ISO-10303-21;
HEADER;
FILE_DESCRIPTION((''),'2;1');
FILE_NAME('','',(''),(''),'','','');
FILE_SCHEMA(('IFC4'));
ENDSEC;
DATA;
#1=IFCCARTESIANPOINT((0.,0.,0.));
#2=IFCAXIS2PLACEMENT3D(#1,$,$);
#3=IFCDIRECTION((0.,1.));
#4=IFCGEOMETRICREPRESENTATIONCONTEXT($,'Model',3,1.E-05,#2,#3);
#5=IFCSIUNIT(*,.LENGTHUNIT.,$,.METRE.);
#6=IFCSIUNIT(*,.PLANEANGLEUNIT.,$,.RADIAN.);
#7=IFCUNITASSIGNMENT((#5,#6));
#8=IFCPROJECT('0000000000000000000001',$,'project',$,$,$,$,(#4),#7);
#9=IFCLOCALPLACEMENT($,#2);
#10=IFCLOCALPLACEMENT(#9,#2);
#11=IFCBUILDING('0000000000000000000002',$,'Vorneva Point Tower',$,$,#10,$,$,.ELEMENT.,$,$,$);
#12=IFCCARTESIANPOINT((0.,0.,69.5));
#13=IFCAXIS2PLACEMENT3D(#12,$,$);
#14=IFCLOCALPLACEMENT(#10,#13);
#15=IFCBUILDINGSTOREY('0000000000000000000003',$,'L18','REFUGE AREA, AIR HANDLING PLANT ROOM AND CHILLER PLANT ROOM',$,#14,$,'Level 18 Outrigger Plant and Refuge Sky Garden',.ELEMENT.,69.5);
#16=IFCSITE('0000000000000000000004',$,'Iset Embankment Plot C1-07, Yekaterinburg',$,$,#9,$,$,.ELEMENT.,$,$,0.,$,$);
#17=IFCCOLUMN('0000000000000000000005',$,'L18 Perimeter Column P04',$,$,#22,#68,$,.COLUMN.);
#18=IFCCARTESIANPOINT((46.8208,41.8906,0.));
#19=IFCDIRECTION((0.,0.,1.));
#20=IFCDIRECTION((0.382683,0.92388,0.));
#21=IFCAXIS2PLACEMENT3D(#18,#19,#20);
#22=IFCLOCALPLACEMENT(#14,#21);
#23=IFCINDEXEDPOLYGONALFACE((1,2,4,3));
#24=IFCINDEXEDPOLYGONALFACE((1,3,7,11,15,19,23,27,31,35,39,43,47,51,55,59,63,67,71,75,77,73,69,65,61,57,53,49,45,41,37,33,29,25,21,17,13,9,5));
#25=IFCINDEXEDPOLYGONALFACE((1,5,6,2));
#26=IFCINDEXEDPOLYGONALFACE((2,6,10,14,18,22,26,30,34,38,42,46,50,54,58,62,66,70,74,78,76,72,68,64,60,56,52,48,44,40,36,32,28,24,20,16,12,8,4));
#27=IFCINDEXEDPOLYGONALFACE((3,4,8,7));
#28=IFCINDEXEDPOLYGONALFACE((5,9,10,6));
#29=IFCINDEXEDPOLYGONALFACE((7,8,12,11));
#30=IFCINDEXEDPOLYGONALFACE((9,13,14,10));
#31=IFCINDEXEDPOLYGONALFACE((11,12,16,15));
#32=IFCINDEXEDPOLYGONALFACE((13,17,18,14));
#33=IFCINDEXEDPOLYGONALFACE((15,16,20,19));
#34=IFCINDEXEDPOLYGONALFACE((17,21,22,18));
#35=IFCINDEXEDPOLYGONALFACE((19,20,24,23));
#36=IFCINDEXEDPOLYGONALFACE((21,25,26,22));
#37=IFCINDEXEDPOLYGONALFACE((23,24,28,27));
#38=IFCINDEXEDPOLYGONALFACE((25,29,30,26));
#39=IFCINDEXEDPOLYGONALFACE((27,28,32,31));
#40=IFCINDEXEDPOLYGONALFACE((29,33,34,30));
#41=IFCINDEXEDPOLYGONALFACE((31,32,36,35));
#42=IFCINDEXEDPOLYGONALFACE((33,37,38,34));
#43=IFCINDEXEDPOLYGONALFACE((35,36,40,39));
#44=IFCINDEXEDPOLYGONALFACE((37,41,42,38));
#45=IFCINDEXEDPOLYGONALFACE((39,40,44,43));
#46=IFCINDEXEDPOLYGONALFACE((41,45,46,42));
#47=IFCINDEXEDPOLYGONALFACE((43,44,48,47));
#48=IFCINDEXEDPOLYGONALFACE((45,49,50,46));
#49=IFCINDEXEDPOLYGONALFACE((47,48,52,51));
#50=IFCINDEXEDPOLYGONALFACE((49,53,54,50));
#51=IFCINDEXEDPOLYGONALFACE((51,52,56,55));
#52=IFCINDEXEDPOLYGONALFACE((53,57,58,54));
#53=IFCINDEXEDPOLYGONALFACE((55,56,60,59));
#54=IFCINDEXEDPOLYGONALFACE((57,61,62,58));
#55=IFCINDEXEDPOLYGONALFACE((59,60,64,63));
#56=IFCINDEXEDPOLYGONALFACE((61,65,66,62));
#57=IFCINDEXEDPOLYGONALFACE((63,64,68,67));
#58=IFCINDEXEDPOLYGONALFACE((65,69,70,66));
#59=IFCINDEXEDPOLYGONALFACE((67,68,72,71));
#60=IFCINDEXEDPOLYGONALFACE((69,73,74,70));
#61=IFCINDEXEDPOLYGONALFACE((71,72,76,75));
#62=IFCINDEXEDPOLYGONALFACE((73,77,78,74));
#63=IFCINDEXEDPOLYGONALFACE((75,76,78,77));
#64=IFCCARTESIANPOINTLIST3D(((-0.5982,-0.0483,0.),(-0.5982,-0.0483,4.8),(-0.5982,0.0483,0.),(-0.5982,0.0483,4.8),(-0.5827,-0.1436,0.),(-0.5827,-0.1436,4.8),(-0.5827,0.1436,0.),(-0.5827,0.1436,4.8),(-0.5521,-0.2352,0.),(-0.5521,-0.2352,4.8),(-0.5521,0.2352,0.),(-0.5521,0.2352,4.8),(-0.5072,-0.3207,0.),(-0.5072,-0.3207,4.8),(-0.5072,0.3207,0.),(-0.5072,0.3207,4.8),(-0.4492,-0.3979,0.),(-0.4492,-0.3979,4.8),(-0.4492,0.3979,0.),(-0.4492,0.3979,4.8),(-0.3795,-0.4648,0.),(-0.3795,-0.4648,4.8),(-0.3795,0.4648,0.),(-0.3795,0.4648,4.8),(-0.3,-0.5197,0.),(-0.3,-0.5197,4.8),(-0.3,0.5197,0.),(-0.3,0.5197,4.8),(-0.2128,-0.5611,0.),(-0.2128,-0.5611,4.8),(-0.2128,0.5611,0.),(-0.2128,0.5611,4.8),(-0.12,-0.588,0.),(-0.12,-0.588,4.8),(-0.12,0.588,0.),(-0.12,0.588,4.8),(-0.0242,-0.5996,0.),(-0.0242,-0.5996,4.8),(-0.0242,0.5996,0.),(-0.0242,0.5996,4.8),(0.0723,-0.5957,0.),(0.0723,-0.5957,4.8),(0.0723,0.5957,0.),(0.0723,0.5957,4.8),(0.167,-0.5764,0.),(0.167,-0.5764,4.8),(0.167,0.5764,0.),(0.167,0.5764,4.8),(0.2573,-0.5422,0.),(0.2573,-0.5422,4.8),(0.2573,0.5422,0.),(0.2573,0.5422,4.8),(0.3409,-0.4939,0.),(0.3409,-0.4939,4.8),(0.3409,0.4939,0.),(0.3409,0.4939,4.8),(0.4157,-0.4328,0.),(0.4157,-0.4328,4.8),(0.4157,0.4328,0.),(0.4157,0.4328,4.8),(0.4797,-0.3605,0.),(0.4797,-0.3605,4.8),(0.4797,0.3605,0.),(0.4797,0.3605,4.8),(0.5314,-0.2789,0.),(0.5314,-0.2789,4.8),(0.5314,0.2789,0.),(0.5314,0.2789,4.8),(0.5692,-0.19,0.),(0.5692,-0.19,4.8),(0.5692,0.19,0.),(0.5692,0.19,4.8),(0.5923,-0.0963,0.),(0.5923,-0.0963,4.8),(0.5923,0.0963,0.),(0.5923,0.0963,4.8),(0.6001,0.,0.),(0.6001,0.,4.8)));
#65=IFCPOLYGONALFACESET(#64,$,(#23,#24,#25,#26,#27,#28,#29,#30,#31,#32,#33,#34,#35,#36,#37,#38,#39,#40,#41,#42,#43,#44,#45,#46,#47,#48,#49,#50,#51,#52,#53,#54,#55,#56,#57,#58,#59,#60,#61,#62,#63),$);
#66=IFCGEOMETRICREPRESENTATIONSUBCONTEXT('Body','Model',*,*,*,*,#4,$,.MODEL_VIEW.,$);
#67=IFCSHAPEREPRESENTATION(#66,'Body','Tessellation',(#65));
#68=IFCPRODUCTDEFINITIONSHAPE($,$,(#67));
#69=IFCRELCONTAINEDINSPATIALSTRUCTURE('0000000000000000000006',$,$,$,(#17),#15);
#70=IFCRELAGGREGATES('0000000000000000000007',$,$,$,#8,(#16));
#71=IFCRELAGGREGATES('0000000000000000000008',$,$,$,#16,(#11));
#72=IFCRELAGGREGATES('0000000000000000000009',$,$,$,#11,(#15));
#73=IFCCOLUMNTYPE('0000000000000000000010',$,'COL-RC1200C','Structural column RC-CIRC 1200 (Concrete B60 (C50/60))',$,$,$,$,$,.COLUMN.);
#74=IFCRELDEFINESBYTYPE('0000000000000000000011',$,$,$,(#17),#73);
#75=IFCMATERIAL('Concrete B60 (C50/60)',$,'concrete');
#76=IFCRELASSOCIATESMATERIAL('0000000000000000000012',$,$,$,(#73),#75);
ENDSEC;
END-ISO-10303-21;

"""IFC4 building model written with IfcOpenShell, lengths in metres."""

from ifc_helpers import new_model, si_unit, direction, frame, origin, origin_2d, place, context, subcontext, project, spatial, circle, extrude, material, material_profile, profile_set, type_object, element, save


model = new_model("IFC4")

# Units and contexts
model_context = context("Model", 3, precision=1e-05, world=origin(), true_north=direction((0.0, 1.0)))
body_context = subcontext(model_context, "Body", "Model", "MODEL_VIEW")
ifc_project = project(units=[si_unit("LENGTHUNIT", "METRE"), si_unit("PLANEANGLEUNIT", "RADIAN")], contexts=[model_context])

# Site, building, storey
site_placement = place(None, origin())
site = spatial("IfcSite", under=ifc_project, at=site_placement, Name="Iset Embankment Plot C1-07, Yekaterinburg", CompositionType="ELEMENT", RefElevation=0.0)
building_placement = place(site_placement, origin())
building = spatial("IfcBuilding", under=site, at=building_placement, Name="Vorneva Point Tower", CompositionType="ELEMENT")
storey_placement = place(building_placement, frame((0.0, 0.0, 69.5)))
storey = spatial("IfcBuildingStorey", under=building, at=storey_placement, Name="L18", Description="REFUGE AREA, AIR HANDLING PLANT ROOM AND CHILLER PLANT ROOM", LongName="Level 18 Outrigger Plant and Refuge Sky Garden", CompositionType="ELEMENT", Elevation=69.5)

# Column
ifc_material_1 = material(Name="Concrete B60 (C50/60)", Category="concrete")
ifc_material_profile_1 = material_profile(ifc_material_1, circle(Radius=0.6001, at=origin_2d()), Name="RC-CIRC 1200")
ifc_profile_set_1 = profile_set([ifc_material_profile_1], Name="Concrete B60 (C50/60)")
column_type_1 = type_object("IfcColumnType", Name="COL-RC1200C", Description="Structural column RC-CIRC 1200 (Concrete B60 (C50/60))", PredefinedType="COLUMN", material=ifc_profile_set_1)
column_1_placement = place(storey_placement, frame((46.8208, 41.8906, 0.0), z_axis=(0.0, 0.0, 1.0), x_axis=(0.382683, 0.92388, 0.0)))
element("IfcColumn", 1, at=column_1_placement, inside=storey, type_object=column_type_1, Name="L18 Perimeter Column P04", PredefinedType="COLUMN", context=body_context, shape_type="SweptSolid", body=[
    extrude(circle(Radius=0.6001, at=origin_2d()), origin(), (0.0, 0.0, 1.0), 4.8),
])

save(model, "model.ifc")
